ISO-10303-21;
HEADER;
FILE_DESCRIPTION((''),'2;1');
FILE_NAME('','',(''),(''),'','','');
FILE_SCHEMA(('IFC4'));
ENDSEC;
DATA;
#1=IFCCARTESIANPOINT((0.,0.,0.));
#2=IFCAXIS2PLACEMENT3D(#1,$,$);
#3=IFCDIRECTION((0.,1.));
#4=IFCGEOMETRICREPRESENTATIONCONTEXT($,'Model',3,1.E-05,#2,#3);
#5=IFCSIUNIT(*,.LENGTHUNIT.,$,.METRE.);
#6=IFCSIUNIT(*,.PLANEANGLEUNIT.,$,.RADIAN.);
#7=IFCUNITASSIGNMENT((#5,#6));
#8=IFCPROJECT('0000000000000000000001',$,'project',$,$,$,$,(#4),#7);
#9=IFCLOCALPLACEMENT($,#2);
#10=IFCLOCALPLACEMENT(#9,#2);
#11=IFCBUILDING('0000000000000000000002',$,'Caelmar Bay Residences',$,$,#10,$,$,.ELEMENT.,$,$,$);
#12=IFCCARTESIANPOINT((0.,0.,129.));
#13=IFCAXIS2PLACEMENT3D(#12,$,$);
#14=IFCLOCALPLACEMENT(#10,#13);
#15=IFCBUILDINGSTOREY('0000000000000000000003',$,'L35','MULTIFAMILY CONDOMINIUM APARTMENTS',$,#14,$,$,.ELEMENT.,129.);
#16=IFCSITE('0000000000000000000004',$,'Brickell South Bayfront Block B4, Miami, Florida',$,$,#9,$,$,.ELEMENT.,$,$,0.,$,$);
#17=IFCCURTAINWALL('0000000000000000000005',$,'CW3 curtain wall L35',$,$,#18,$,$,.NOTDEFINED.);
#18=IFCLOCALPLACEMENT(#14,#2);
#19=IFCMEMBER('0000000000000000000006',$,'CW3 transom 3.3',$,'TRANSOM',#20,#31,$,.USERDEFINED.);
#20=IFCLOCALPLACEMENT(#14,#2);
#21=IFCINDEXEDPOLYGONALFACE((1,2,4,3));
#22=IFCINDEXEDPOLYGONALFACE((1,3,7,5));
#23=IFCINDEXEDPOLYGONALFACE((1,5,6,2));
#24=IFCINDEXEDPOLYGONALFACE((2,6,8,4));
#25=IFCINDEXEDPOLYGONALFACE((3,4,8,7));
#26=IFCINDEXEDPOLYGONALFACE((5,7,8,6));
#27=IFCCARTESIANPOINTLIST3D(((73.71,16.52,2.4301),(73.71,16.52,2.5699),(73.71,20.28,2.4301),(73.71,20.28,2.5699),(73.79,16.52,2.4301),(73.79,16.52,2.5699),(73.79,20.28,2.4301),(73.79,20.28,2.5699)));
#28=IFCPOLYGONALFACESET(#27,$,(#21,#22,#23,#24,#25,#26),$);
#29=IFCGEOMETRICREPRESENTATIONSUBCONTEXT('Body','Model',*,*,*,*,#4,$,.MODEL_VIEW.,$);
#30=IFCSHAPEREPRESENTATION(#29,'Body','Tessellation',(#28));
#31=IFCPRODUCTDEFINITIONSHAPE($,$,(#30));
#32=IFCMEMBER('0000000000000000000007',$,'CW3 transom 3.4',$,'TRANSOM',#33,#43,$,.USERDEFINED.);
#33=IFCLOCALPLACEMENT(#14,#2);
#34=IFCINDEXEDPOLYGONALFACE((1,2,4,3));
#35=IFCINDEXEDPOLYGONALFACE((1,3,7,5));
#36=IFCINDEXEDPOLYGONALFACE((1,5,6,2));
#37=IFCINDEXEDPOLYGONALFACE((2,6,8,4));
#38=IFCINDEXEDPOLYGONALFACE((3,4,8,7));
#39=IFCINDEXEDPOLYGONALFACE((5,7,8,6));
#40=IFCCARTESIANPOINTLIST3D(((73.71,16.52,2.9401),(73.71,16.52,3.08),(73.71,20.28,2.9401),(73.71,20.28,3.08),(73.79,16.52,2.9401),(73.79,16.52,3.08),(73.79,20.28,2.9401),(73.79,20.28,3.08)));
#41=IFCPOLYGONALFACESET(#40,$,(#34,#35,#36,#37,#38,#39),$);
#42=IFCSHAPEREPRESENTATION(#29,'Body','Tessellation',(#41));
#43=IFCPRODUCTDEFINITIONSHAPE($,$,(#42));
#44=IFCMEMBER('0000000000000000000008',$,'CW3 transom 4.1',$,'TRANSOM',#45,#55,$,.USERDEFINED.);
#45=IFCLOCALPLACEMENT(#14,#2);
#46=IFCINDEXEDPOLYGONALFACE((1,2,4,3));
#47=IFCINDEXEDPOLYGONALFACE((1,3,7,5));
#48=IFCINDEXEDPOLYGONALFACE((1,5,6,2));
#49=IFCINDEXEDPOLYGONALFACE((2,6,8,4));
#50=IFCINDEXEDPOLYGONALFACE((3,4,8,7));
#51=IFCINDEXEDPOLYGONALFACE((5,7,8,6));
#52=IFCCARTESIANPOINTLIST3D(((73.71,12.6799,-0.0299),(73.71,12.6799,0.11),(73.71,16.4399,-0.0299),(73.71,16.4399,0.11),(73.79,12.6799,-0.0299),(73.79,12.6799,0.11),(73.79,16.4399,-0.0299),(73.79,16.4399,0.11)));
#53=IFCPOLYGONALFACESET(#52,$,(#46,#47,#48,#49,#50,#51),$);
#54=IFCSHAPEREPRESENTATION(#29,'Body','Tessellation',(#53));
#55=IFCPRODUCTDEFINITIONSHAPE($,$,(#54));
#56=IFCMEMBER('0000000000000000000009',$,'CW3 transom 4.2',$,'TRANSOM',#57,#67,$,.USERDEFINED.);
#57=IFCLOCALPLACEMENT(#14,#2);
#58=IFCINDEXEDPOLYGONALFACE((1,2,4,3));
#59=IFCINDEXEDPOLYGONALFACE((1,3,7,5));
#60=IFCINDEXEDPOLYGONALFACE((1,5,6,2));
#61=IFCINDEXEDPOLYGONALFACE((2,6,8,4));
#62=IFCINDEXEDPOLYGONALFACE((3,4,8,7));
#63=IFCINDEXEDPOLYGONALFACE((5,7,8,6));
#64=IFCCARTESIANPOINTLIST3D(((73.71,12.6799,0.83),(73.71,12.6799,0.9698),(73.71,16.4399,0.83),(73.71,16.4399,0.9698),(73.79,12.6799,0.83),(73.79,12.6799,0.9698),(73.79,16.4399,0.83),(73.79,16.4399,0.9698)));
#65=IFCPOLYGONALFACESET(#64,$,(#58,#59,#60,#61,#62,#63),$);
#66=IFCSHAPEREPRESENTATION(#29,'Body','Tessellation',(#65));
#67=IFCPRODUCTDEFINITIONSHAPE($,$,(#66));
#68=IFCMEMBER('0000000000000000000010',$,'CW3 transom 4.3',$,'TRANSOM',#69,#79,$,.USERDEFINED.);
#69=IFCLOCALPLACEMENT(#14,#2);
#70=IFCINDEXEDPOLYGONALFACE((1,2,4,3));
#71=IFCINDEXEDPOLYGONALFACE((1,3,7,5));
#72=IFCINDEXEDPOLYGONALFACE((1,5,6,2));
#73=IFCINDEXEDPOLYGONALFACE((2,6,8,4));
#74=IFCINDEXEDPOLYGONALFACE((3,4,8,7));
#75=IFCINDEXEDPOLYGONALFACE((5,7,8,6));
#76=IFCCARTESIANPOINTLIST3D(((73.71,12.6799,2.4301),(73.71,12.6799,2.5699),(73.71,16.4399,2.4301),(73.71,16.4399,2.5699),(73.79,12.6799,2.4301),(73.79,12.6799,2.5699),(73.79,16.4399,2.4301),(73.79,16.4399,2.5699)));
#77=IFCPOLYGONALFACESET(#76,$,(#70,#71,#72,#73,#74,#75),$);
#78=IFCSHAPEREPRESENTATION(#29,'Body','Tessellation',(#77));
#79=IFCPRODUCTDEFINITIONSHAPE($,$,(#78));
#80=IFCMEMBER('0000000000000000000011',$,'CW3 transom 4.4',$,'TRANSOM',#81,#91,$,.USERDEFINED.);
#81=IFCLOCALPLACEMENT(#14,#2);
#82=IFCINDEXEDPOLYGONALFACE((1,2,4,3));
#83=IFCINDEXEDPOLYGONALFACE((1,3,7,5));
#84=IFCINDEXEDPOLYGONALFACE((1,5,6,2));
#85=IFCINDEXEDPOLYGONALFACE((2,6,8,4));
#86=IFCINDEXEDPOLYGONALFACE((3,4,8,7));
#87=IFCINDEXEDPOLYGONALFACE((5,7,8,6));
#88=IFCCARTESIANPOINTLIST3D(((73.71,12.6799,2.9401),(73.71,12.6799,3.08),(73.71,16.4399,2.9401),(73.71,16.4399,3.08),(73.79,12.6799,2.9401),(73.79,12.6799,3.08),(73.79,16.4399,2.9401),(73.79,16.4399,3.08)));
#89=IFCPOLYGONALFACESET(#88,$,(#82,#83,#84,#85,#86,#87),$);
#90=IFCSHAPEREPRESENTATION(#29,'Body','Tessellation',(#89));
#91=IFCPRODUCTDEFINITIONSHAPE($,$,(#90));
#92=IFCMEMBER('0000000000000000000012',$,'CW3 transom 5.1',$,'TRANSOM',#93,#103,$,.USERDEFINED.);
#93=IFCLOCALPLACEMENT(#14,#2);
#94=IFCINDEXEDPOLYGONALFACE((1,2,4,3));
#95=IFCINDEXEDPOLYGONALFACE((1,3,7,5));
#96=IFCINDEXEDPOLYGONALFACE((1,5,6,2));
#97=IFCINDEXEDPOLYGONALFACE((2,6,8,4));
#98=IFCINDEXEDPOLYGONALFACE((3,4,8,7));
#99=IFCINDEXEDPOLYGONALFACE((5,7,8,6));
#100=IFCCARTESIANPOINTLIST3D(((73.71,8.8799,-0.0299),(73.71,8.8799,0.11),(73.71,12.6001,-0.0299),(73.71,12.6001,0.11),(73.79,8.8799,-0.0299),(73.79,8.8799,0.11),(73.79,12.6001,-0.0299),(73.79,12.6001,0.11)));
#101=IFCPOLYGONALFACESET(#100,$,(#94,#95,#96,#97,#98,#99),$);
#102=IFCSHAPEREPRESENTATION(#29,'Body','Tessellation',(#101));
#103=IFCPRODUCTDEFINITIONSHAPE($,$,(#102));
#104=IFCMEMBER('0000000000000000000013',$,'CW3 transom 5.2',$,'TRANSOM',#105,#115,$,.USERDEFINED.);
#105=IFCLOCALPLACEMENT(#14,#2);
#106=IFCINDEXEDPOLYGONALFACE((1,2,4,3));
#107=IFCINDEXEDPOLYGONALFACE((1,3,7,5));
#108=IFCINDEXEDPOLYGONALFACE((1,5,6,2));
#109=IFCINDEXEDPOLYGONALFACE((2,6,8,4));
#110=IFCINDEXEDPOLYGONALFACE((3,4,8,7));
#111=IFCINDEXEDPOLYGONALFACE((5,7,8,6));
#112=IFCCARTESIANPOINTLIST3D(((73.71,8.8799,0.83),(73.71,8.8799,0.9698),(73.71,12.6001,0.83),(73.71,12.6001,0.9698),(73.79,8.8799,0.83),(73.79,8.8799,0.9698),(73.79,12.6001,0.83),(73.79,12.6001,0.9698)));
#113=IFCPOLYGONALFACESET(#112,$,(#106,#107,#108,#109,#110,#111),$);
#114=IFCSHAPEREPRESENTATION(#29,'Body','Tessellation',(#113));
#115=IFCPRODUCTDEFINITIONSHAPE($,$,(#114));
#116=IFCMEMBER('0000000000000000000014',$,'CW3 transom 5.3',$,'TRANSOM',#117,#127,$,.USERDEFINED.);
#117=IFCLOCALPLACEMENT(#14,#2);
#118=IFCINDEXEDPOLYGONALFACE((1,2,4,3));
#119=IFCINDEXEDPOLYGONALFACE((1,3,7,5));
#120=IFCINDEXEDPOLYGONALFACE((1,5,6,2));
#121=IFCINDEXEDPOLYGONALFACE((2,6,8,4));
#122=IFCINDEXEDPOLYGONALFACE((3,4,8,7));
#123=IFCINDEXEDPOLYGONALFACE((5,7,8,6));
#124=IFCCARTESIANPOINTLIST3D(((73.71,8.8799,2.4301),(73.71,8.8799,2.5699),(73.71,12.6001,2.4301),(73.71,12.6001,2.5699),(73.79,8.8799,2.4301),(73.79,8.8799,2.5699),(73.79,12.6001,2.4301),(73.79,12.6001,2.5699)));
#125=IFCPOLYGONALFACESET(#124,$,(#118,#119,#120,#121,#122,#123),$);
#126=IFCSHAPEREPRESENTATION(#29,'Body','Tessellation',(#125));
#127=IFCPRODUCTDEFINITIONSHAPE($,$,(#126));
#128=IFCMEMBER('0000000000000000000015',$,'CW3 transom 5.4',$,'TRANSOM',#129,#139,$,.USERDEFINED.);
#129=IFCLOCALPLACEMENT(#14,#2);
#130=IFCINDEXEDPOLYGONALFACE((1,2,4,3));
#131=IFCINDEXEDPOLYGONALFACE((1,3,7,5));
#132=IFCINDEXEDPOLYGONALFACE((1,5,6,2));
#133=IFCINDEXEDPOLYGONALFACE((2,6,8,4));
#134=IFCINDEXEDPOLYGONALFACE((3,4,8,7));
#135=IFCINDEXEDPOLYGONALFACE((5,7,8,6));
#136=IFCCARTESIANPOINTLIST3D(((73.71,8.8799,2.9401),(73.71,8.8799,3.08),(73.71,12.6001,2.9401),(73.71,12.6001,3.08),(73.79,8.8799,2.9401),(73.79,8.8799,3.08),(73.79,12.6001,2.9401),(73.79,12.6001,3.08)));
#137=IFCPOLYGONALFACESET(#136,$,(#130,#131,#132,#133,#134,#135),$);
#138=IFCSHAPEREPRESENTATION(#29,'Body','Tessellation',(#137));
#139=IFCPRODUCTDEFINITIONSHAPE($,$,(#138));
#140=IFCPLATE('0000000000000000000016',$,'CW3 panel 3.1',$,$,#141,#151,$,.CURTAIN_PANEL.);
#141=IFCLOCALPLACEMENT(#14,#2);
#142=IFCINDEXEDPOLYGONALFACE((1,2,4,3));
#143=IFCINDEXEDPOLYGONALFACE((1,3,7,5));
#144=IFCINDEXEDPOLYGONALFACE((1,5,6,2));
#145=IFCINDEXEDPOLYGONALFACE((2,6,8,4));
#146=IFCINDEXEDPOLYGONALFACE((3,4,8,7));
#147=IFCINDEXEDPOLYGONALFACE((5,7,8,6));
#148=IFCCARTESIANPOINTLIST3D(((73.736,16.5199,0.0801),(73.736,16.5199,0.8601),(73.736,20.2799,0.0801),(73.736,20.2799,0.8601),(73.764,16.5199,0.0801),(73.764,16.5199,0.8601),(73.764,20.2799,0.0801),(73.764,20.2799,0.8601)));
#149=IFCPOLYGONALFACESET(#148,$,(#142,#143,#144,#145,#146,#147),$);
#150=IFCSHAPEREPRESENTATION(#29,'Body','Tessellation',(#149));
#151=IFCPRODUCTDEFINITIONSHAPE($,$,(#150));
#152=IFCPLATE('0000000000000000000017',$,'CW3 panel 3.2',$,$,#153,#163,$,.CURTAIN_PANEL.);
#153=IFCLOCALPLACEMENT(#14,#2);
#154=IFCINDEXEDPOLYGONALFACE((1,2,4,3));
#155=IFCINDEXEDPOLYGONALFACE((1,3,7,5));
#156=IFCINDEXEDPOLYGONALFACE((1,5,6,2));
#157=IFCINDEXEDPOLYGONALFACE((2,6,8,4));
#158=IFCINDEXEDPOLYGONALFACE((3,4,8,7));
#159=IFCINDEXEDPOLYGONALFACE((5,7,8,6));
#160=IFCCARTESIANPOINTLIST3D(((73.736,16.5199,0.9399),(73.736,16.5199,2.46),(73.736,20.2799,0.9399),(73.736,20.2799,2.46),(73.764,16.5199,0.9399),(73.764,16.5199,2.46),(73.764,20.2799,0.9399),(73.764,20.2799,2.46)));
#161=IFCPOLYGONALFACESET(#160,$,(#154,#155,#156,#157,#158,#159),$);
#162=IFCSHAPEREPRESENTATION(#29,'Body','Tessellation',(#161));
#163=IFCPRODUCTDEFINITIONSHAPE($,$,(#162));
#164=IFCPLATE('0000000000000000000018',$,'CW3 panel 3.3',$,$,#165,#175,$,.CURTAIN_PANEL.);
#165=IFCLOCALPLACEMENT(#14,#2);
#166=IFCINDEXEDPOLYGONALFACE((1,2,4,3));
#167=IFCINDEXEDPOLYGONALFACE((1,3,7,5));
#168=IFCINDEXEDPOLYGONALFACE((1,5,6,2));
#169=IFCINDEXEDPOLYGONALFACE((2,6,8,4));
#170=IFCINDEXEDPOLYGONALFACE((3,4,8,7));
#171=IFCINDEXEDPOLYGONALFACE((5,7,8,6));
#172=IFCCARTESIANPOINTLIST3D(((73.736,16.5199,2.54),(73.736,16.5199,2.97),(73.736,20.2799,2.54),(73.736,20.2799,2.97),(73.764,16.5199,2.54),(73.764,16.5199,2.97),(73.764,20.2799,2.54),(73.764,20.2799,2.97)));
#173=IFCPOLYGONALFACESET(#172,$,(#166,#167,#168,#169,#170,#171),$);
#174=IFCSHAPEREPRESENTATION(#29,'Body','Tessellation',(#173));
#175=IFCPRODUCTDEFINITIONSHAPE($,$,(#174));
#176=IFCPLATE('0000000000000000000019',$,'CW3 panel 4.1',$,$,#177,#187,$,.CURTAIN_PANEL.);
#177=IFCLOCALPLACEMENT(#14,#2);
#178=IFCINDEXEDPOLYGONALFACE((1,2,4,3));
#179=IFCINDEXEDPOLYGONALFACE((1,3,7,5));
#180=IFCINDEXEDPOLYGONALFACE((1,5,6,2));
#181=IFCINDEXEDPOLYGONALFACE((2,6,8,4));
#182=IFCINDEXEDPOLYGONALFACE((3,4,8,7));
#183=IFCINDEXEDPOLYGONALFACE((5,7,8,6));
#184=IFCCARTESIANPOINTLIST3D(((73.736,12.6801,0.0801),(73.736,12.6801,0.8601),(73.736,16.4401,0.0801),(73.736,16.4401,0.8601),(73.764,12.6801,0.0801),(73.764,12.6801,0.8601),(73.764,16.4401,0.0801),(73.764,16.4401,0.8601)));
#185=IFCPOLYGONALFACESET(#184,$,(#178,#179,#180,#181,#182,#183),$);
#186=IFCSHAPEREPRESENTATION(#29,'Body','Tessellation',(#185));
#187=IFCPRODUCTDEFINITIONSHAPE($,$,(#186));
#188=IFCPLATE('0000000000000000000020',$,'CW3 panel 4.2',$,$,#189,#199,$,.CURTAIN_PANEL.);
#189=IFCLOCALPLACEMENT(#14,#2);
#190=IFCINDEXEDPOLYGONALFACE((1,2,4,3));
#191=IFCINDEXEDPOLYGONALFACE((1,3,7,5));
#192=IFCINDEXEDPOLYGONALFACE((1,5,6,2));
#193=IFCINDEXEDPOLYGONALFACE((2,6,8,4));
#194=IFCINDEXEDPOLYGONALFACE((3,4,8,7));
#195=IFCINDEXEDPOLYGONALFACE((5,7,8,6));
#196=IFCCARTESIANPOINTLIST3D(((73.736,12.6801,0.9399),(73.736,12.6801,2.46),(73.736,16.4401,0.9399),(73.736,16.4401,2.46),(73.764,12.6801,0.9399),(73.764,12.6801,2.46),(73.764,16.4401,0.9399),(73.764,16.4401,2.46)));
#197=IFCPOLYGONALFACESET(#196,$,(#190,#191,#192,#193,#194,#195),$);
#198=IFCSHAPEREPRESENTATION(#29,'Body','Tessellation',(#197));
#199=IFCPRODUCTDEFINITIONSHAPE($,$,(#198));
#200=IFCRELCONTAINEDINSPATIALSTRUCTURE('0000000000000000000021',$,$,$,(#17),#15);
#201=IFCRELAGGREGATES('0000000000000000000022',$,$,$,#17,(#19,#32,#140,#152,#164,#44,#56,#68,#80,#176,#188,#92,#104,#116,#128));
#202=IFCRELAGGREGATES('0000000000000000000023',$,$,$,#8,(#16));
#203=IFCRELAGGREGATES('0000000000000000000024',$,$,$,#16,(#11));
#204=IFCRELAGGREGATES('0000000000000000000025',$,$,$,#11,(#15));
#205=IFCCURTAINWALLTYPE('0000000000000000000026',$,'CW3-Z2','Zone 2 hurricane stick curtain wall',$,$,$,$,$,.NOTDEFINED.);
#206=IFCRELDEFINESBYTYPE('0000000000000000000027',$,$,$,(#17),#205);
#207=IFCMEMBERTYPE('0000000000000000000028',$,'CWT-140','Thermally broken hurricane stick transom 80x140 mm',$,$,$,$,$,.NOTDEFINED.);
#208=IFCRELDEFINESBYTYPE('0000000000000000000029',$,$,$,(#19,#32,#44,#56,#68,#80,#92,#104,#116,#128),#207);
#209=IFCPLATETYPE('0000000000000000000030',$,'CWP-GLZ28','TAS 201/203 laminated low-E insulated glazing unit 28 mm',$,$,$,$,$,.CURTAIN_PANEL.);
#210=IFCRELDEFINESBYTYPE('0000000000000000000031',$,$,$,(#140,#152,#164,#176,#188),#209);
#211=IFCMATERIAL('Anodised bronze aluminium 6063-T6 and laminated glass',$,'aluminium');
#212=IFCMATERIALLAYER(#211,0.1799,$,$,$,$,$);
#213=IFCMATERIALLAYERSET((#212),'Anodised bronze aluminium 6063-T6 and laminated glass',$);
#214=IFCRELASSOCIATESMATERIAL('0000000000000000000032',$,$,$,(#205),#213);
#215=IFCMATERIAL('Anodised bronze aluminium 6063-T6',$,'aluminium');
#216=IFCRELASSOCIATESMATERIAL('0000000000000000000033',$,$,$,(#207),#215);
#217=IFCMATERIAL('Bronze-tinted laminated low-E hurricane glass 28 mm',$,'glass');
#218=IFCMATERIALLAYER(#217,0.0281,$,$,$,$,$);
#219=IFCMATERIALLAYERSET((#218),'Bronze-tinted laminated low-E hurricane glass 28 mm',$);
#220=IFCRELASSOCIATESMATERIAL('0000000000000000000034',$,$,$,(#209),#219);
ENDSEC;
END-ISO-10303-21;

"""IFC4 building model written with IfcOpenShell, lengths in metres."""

from ifc_helpers import new_model, si_unit, direction, frame, origin, origin_2d, place, context, subcontext, project, spatial, rectangle, extrude, material, layer, layer_set, material_profile, profile_set, type_object, element, aggregate, save


model = new_model("IFC4")

# Units and contexts
model_context = context("Model", 3, precision=1e-05, world=origin(), true_north=direction((0.0, 1.0)))
body_context = subcontext(model_context, "Body", "Model", "MODEL_VIEW")
ifc_project = project(units=[si_unit("LENGTHUNIT", "METRE"), si_unit("PLANEANGLEUNIT", "RADIAN")], contexts=[model_context])

# Site, building, storey
site_placement = place(None, origin())
site = spatial("IfcSite", under=ifc_project, at=site_placement, Name="Brickell South Bayfront Block B4, Miami, Florida", CompositionType="ELEMENT", RefElevation=0.0)
building_placement = place(site_placement, origin())
building = spatial("IfcBuilding", under=site, at=building_placement, Name="Caelmar Bay Residences", CompositionType="ELEMENT")
storey_placement = place(building_placement, frame((0.0, 0.0, 129.0)))
storey = spatial("IfcBuildingStorey", under=building, at=storey_placement, Name="L35", Description="MULTIFAMILY CONDOMINIUM APARTMENTS", CompositionType="ELEMENT", Elevation=129.0)

# Curtain wall, members, plates
ifc_material_1 = material(Name="Anodised bronze aluminium 6063-T6 and laminated glass", Category="aluminium")
ifc_layer_1 = layer(ifc_material_1, 0.1799)
ifc_layer_set_1 = layer_set([ifc_layer_1], Name="Anodised bronze aluminium 6063-T6 and laminated glass")
curtain_wall_type = type_object("IfcCurtainWallType", Name="CW3-Z2", Description="Zone 2 hurricane stick curtain wall", PredefinedType="NOTDEFINED", material=ifc_layer_set_1)
curtain_wall_placement = place(storey_placement, origin())
curtain_wall = element("IfcCurtainWall", 1, at=curtain_wall_placement, inside=storey, type_object=curtain_wall_type, Name="CW3 curtain wall L35", PredefinedType="NOTDEFINED")
ifc_material_2 = material(Name="Anodised bronze aluminium 6063-T6", Category="aluminium")
ifc_material_profile_1 = material_profile(ifc_material_2, rectangle(XDim=0.0801, YDim=0.1399, at=origin_2d()), Name="CWT-80X140")
ifc_profile_set_1 = profile_set([ifc_material_profile_1], Name="Anodised bronze aluminium 6063-T6")
member_type_1 = type_object("IfcMemberType", Name="CWT-140", Description="Thermally broken hurricane stick transom 80x140 mm", PredefinedType="NOTDEFINED", material=ifc_profile_set_1)
member_1_placement = place(storey_placement, frame((73.75, 20.28, 2.5), z_axis=(0.0, -1.0, 0.0), x_axis=(1.0, 0.0, 0.0)))
member_1 = element("IfcMember", 2, at=member_1_placement, type_object=member_type_1, Name="CW3 transom 3.3", ObjectType="TRANSOM", PredefinedType="USERDEFINED", context=body_context, shape_type="SweptSolid", body=[
    extrude(rectangle(XDim=0.0801, YDim=0.1399, at=origin_2d()), origin(), (0.0, 0.0, 1.0), 3.76),
])
member_2_placement = place(storey_placement, frame((73.75, 20.28, 3.01), z_axis=(0.0, -1.0, 0.0), x_axis=(1.0, 0.0, 0.0)))
member_2 = element("IfcMember", 3, at=member_2_placement, type_object=member_type_1, Name="CW3 transom 3.4", ObjectType="TRANSOM", PredefinedType="USERDEFINED", context=body_context, shape_type="SweptSolid", body=[
    extrude(rectangle(XDim=0.0801, YDim=0.1399, at=origin_2d()), origin(), (0.0, 0.0, 1.0), 3.76),
])
member_3_placement = place(storey_placement, frame((73.75, 16.4399, 0.04), z_axis=(0.0, -1.0, 0.0), x_axis=(1.0, 0.0, 0.0)))
member_3 = element("IfcMember", 4, at=member_3_placement, type_object=member_type_1, Name="CW3 transom 4.1", ObjectType="TRANSOM", PredefinedType="USERDEFINED", context=body_context, shape_type="SweptSolid", body=[
    extrude(rectangle(XDim=0.0801, YDim=0.1399, at=origin_2d()), origin(), (0.0, 0.0, 1.0), 3.76),
])
member_4_placement = place(storey_placement, frame((73.75, 16.4399, 0.8999), z_axis=(0.0, -1.0, 0.0), x_axis=(1.0, 0.0, 0.0)))
member_4 = element("IfcMember", 5, at=member_4_placement, type_object=member_type_1, Name="CW3 transom 4.2", ObjectType="TRANSOM", PredefinedType="USERDEFINED", context=body_context, shape_type="SweptSolid", body=[
    extrude(rectangle(XDim=0.0801, YDim=0.1399, at=origin_2d()), origin(), (0.0, 0.0, 1.0), 3.76),
])
member_5_placement = place(storey_placement, frame((73.75, 16.4399, 2.5), z_axis=(0.0, -1.0, 0.0), x_axis=(1.0, 0.0, 0.0)))
member_5 = element("IfcMember", 6, at=member_5_placement, type_object=member_type_1, Name="CW3 transom 4.3", ObjectType="TRANSOM", PredefinedType="USERDEFINED", context=body_context, shape_type="SweptSolid", body=[
    extrude(rectangle(XDim=0.0801, YDim=0.1399, at=origin_2d()), origin(), (0.0, 0.0, 1.0), 3.76),
])
member_6_placement = place(storey_placement, frame((73.75, 16.4399, 3.01), z_axis=(0.0, -1.0, 0.0), x_axis=(1.0, 0.0, 0.0)))
member_6 = element("IfcMember", 7, at=member_6_placement, type_object=member_type_1, Name="CW3 transom 4.4", ObjectType="TRANSOM", PredefinedType="USERDEFINED", context=body_context, shape_type="SweptSolid", body=[
    extrude(rectangle(XDim=0.0801, YDim=0.1399, at=origin_2d()), origin(), (0.0, 0.0, 1.0), 3.76),
])
member_7_placement = place(storey_placement, frame((73.75, 12.6001, 0.04), z_axis=(0.0, -1.0, 0.0), x_axis=(1.0, 0.0, 0.0)))
member_7 = element("IfcMember", 8, at=member_7_placement, type_object=member_type_1, Name="CW3 transom 5.1", ObjectType="TRANSOM", PredefinedType="USERDEFINED", context=body_context, shape_type="SweptSolid", body=[
    extrude(rectangle(XDim=0.0801, YDim=0.1399, at=origin_2d()), origin(), (0.0, 0.0, 1.0), 3.7202),
])
member_8_placement = place(storey_placement, frame((73.75, 12.6001, 0.8999), z_axis=(0.0, -1.0, 0.0), x_axis=(1.0, 0.0, 0.0)))
member_8 = element("IfcMember", 9, at=member_8_placement, type_object=member_type_1, Name="CW3 transom 5.2", ObjectType="TRANSOM", PredefinedType="USERDEFINED", context=body_context, shape_type="SweptSolid", body=[
    extrude(rectangle(XDim=0.0801, YDim=0.1399, at=origin_2d()), origin(), (0.0, 0.0, 1.0), 3.7202),
])
member_9_placement = place(storey_placement, frame((73.75, 12.6001, 2.5), z_axis=(0.0, -1.0, 0.0), x_axis=(1.0, 0.0, 0.0)))
member_9 = element("IfcMember", 10, at=member_9_placement, type_object=member_type_1, Name="CW3 transom 5.3", ObjectType="TRANSOM", PredefinedType="USERDEFINED", context=body_context, shape_type="SweptSolid", body=[
    extrude(rectangle(XDim=0.0801, YDim=0.1399, at=origin_2d()), origin(), (0.0, 0.0, 1.0), 3.7202),
])
member_10_placement = place(storey_placement, frame((73.75, 12.6001, 3.01), z_axis=(0.0, -1.0, 0.0), x_axis=(1.0, 0.0, 0.0)))
member_10 = element("IfcMember", 11, at=member_10_placement, type_object=member_type_1, Name="CW3 transom 5.4", ObjectType="TRANSOM", PredefinedType="USERDEFINED", context=body_context, shape_type="SweptSolid", body=[
    extrude(rectangle(XDim=0.0801, YDim=0.1399, at=origin_2d()), origin(), (0.0, 0.0, 1.0), 3.7202),
])
ifc_material_3 = material(Name="Bronze-tinted laminated low-E hurricane glass 28 mm", Category="glass")
ifc_layer_2 = layer(ifc_material_3, 0.0281)
ifc_layer_set_2 = layer_set([ifc_layer_2], Name="Bronze-tinted laminated low-E hurricane glass 28 mm")
plate_type = type_object("IfcPlateType", Name="CWP-GLZ28", Description="TAS 201/203 laminated low-E insulated glazing unit 28 mm", PredefinedType="CURTAIN_PANEL", material=ifc_layer_set_2)
plate_1_placement = place(storey_placement, frame((73.75, 18.3999, 0.0801), z_axis=(0.0, 0.0, 1.0), x_axis=(0.0, -1.0, 0.0)))
plate_1 = element("IfcPlate", 12, at=plate_1_placement, type_object=plate_type, Name="CW3 panel 3.1", PredefinedType="CURTAIN_PANEL", context=body_context, shape_type="SweptSolid", body=[
    extrude(rectangle(XDim=3.76, YDim=0.0281, at=origin_2d()), origin(), (0.0, 0.0, 1.0), 0.78),
])
plate_2_placement = place(storey_placement, frame((73.75, 18.3999, 0.9399), z_axis=(0.0, 0.0, 1.0), x_axis=(0.0, -1.0, 0.0)))
plate_2 = element("IfcPlate", 13, at=plate_2_placement, type_object=plate_type, Name="CW3 panel 3.2", PredefinedType="CURTAIN_PANEL", context=body_context, shape_type="SweptSolid", body=[
    extrude(rectangle(XDim=3.76, YDim=0.0281, at=origin_2d()), origin(), (0.0, 0.0, 1.0), 1.52),
])
plate_3_placement = place(storey_placement, frame((73.75, 18.3999, 2.54), z_axis=(0.0, 0.0, 1.0), x_axis=(0.0, -1.0, 0.0)))
plate_3 = element("IfcPlate", 14, at=plate_3_placement, type_object=plate_type, Name="CW3 panel 3.3", PredefinedType="CURTAIN_PANEL", context=body_context, shape_type="SweptSolid", body=[
    extrude(rectangle(XDim=3.76, YDim=0.0281, at=origin_2d()), origin(), (0.0, 0.0, 1.0), 0.4299),
])
plate_4_placement = place(storey_placement, frame((73.75, 14.5601, 0.0801), z_axis=(0.0, 0.0, 1.0), x_axis=(0.0, -1.0, 0.0)))
plate_4 = element("IfcPlate", 15, at=plate_4_placement, type_object=plate_type, Name="CW3 panel 4.1", PredefinedType="CURTAIN_PANEL", context=body_context, shape_type="SweptSolid", body=[
    extrude(rectangle(XDim=3.76, YDim=0.0281, at=origin_2d()), origin(), (0.0, 0.0, 1.0), 0.78),
])
plate_5_placement = place(storey_placement, frame((73.75, 14.5601, 0.9399), z_axis=(0.0, 0.0, 1.0), x_axis=(0.0, -1.0, 0.0)))
plate_5 = element("IfcPlate", 16, at=plate_5_placement, type_object=plate_type, Name="CW3 panel 4.2", PredefinedType="CURTAIN_PANEL", context=body_context, shape_type="SweptSolid", body=[
    extrude(rectangle(XDim=3.76, YDim=0.0281, at=origin_2d()), origin(), (0.0, 0.0, 1.0), 1.52),
])
aggregate(curtain_wall, [member_1, member_2, plate_1, plate_2, plate_3, member_3, member_4, member_5, member_6, plate_4, plate_5, member_7, member_8, member_9, member_10])

save(model, "model.ifc")
